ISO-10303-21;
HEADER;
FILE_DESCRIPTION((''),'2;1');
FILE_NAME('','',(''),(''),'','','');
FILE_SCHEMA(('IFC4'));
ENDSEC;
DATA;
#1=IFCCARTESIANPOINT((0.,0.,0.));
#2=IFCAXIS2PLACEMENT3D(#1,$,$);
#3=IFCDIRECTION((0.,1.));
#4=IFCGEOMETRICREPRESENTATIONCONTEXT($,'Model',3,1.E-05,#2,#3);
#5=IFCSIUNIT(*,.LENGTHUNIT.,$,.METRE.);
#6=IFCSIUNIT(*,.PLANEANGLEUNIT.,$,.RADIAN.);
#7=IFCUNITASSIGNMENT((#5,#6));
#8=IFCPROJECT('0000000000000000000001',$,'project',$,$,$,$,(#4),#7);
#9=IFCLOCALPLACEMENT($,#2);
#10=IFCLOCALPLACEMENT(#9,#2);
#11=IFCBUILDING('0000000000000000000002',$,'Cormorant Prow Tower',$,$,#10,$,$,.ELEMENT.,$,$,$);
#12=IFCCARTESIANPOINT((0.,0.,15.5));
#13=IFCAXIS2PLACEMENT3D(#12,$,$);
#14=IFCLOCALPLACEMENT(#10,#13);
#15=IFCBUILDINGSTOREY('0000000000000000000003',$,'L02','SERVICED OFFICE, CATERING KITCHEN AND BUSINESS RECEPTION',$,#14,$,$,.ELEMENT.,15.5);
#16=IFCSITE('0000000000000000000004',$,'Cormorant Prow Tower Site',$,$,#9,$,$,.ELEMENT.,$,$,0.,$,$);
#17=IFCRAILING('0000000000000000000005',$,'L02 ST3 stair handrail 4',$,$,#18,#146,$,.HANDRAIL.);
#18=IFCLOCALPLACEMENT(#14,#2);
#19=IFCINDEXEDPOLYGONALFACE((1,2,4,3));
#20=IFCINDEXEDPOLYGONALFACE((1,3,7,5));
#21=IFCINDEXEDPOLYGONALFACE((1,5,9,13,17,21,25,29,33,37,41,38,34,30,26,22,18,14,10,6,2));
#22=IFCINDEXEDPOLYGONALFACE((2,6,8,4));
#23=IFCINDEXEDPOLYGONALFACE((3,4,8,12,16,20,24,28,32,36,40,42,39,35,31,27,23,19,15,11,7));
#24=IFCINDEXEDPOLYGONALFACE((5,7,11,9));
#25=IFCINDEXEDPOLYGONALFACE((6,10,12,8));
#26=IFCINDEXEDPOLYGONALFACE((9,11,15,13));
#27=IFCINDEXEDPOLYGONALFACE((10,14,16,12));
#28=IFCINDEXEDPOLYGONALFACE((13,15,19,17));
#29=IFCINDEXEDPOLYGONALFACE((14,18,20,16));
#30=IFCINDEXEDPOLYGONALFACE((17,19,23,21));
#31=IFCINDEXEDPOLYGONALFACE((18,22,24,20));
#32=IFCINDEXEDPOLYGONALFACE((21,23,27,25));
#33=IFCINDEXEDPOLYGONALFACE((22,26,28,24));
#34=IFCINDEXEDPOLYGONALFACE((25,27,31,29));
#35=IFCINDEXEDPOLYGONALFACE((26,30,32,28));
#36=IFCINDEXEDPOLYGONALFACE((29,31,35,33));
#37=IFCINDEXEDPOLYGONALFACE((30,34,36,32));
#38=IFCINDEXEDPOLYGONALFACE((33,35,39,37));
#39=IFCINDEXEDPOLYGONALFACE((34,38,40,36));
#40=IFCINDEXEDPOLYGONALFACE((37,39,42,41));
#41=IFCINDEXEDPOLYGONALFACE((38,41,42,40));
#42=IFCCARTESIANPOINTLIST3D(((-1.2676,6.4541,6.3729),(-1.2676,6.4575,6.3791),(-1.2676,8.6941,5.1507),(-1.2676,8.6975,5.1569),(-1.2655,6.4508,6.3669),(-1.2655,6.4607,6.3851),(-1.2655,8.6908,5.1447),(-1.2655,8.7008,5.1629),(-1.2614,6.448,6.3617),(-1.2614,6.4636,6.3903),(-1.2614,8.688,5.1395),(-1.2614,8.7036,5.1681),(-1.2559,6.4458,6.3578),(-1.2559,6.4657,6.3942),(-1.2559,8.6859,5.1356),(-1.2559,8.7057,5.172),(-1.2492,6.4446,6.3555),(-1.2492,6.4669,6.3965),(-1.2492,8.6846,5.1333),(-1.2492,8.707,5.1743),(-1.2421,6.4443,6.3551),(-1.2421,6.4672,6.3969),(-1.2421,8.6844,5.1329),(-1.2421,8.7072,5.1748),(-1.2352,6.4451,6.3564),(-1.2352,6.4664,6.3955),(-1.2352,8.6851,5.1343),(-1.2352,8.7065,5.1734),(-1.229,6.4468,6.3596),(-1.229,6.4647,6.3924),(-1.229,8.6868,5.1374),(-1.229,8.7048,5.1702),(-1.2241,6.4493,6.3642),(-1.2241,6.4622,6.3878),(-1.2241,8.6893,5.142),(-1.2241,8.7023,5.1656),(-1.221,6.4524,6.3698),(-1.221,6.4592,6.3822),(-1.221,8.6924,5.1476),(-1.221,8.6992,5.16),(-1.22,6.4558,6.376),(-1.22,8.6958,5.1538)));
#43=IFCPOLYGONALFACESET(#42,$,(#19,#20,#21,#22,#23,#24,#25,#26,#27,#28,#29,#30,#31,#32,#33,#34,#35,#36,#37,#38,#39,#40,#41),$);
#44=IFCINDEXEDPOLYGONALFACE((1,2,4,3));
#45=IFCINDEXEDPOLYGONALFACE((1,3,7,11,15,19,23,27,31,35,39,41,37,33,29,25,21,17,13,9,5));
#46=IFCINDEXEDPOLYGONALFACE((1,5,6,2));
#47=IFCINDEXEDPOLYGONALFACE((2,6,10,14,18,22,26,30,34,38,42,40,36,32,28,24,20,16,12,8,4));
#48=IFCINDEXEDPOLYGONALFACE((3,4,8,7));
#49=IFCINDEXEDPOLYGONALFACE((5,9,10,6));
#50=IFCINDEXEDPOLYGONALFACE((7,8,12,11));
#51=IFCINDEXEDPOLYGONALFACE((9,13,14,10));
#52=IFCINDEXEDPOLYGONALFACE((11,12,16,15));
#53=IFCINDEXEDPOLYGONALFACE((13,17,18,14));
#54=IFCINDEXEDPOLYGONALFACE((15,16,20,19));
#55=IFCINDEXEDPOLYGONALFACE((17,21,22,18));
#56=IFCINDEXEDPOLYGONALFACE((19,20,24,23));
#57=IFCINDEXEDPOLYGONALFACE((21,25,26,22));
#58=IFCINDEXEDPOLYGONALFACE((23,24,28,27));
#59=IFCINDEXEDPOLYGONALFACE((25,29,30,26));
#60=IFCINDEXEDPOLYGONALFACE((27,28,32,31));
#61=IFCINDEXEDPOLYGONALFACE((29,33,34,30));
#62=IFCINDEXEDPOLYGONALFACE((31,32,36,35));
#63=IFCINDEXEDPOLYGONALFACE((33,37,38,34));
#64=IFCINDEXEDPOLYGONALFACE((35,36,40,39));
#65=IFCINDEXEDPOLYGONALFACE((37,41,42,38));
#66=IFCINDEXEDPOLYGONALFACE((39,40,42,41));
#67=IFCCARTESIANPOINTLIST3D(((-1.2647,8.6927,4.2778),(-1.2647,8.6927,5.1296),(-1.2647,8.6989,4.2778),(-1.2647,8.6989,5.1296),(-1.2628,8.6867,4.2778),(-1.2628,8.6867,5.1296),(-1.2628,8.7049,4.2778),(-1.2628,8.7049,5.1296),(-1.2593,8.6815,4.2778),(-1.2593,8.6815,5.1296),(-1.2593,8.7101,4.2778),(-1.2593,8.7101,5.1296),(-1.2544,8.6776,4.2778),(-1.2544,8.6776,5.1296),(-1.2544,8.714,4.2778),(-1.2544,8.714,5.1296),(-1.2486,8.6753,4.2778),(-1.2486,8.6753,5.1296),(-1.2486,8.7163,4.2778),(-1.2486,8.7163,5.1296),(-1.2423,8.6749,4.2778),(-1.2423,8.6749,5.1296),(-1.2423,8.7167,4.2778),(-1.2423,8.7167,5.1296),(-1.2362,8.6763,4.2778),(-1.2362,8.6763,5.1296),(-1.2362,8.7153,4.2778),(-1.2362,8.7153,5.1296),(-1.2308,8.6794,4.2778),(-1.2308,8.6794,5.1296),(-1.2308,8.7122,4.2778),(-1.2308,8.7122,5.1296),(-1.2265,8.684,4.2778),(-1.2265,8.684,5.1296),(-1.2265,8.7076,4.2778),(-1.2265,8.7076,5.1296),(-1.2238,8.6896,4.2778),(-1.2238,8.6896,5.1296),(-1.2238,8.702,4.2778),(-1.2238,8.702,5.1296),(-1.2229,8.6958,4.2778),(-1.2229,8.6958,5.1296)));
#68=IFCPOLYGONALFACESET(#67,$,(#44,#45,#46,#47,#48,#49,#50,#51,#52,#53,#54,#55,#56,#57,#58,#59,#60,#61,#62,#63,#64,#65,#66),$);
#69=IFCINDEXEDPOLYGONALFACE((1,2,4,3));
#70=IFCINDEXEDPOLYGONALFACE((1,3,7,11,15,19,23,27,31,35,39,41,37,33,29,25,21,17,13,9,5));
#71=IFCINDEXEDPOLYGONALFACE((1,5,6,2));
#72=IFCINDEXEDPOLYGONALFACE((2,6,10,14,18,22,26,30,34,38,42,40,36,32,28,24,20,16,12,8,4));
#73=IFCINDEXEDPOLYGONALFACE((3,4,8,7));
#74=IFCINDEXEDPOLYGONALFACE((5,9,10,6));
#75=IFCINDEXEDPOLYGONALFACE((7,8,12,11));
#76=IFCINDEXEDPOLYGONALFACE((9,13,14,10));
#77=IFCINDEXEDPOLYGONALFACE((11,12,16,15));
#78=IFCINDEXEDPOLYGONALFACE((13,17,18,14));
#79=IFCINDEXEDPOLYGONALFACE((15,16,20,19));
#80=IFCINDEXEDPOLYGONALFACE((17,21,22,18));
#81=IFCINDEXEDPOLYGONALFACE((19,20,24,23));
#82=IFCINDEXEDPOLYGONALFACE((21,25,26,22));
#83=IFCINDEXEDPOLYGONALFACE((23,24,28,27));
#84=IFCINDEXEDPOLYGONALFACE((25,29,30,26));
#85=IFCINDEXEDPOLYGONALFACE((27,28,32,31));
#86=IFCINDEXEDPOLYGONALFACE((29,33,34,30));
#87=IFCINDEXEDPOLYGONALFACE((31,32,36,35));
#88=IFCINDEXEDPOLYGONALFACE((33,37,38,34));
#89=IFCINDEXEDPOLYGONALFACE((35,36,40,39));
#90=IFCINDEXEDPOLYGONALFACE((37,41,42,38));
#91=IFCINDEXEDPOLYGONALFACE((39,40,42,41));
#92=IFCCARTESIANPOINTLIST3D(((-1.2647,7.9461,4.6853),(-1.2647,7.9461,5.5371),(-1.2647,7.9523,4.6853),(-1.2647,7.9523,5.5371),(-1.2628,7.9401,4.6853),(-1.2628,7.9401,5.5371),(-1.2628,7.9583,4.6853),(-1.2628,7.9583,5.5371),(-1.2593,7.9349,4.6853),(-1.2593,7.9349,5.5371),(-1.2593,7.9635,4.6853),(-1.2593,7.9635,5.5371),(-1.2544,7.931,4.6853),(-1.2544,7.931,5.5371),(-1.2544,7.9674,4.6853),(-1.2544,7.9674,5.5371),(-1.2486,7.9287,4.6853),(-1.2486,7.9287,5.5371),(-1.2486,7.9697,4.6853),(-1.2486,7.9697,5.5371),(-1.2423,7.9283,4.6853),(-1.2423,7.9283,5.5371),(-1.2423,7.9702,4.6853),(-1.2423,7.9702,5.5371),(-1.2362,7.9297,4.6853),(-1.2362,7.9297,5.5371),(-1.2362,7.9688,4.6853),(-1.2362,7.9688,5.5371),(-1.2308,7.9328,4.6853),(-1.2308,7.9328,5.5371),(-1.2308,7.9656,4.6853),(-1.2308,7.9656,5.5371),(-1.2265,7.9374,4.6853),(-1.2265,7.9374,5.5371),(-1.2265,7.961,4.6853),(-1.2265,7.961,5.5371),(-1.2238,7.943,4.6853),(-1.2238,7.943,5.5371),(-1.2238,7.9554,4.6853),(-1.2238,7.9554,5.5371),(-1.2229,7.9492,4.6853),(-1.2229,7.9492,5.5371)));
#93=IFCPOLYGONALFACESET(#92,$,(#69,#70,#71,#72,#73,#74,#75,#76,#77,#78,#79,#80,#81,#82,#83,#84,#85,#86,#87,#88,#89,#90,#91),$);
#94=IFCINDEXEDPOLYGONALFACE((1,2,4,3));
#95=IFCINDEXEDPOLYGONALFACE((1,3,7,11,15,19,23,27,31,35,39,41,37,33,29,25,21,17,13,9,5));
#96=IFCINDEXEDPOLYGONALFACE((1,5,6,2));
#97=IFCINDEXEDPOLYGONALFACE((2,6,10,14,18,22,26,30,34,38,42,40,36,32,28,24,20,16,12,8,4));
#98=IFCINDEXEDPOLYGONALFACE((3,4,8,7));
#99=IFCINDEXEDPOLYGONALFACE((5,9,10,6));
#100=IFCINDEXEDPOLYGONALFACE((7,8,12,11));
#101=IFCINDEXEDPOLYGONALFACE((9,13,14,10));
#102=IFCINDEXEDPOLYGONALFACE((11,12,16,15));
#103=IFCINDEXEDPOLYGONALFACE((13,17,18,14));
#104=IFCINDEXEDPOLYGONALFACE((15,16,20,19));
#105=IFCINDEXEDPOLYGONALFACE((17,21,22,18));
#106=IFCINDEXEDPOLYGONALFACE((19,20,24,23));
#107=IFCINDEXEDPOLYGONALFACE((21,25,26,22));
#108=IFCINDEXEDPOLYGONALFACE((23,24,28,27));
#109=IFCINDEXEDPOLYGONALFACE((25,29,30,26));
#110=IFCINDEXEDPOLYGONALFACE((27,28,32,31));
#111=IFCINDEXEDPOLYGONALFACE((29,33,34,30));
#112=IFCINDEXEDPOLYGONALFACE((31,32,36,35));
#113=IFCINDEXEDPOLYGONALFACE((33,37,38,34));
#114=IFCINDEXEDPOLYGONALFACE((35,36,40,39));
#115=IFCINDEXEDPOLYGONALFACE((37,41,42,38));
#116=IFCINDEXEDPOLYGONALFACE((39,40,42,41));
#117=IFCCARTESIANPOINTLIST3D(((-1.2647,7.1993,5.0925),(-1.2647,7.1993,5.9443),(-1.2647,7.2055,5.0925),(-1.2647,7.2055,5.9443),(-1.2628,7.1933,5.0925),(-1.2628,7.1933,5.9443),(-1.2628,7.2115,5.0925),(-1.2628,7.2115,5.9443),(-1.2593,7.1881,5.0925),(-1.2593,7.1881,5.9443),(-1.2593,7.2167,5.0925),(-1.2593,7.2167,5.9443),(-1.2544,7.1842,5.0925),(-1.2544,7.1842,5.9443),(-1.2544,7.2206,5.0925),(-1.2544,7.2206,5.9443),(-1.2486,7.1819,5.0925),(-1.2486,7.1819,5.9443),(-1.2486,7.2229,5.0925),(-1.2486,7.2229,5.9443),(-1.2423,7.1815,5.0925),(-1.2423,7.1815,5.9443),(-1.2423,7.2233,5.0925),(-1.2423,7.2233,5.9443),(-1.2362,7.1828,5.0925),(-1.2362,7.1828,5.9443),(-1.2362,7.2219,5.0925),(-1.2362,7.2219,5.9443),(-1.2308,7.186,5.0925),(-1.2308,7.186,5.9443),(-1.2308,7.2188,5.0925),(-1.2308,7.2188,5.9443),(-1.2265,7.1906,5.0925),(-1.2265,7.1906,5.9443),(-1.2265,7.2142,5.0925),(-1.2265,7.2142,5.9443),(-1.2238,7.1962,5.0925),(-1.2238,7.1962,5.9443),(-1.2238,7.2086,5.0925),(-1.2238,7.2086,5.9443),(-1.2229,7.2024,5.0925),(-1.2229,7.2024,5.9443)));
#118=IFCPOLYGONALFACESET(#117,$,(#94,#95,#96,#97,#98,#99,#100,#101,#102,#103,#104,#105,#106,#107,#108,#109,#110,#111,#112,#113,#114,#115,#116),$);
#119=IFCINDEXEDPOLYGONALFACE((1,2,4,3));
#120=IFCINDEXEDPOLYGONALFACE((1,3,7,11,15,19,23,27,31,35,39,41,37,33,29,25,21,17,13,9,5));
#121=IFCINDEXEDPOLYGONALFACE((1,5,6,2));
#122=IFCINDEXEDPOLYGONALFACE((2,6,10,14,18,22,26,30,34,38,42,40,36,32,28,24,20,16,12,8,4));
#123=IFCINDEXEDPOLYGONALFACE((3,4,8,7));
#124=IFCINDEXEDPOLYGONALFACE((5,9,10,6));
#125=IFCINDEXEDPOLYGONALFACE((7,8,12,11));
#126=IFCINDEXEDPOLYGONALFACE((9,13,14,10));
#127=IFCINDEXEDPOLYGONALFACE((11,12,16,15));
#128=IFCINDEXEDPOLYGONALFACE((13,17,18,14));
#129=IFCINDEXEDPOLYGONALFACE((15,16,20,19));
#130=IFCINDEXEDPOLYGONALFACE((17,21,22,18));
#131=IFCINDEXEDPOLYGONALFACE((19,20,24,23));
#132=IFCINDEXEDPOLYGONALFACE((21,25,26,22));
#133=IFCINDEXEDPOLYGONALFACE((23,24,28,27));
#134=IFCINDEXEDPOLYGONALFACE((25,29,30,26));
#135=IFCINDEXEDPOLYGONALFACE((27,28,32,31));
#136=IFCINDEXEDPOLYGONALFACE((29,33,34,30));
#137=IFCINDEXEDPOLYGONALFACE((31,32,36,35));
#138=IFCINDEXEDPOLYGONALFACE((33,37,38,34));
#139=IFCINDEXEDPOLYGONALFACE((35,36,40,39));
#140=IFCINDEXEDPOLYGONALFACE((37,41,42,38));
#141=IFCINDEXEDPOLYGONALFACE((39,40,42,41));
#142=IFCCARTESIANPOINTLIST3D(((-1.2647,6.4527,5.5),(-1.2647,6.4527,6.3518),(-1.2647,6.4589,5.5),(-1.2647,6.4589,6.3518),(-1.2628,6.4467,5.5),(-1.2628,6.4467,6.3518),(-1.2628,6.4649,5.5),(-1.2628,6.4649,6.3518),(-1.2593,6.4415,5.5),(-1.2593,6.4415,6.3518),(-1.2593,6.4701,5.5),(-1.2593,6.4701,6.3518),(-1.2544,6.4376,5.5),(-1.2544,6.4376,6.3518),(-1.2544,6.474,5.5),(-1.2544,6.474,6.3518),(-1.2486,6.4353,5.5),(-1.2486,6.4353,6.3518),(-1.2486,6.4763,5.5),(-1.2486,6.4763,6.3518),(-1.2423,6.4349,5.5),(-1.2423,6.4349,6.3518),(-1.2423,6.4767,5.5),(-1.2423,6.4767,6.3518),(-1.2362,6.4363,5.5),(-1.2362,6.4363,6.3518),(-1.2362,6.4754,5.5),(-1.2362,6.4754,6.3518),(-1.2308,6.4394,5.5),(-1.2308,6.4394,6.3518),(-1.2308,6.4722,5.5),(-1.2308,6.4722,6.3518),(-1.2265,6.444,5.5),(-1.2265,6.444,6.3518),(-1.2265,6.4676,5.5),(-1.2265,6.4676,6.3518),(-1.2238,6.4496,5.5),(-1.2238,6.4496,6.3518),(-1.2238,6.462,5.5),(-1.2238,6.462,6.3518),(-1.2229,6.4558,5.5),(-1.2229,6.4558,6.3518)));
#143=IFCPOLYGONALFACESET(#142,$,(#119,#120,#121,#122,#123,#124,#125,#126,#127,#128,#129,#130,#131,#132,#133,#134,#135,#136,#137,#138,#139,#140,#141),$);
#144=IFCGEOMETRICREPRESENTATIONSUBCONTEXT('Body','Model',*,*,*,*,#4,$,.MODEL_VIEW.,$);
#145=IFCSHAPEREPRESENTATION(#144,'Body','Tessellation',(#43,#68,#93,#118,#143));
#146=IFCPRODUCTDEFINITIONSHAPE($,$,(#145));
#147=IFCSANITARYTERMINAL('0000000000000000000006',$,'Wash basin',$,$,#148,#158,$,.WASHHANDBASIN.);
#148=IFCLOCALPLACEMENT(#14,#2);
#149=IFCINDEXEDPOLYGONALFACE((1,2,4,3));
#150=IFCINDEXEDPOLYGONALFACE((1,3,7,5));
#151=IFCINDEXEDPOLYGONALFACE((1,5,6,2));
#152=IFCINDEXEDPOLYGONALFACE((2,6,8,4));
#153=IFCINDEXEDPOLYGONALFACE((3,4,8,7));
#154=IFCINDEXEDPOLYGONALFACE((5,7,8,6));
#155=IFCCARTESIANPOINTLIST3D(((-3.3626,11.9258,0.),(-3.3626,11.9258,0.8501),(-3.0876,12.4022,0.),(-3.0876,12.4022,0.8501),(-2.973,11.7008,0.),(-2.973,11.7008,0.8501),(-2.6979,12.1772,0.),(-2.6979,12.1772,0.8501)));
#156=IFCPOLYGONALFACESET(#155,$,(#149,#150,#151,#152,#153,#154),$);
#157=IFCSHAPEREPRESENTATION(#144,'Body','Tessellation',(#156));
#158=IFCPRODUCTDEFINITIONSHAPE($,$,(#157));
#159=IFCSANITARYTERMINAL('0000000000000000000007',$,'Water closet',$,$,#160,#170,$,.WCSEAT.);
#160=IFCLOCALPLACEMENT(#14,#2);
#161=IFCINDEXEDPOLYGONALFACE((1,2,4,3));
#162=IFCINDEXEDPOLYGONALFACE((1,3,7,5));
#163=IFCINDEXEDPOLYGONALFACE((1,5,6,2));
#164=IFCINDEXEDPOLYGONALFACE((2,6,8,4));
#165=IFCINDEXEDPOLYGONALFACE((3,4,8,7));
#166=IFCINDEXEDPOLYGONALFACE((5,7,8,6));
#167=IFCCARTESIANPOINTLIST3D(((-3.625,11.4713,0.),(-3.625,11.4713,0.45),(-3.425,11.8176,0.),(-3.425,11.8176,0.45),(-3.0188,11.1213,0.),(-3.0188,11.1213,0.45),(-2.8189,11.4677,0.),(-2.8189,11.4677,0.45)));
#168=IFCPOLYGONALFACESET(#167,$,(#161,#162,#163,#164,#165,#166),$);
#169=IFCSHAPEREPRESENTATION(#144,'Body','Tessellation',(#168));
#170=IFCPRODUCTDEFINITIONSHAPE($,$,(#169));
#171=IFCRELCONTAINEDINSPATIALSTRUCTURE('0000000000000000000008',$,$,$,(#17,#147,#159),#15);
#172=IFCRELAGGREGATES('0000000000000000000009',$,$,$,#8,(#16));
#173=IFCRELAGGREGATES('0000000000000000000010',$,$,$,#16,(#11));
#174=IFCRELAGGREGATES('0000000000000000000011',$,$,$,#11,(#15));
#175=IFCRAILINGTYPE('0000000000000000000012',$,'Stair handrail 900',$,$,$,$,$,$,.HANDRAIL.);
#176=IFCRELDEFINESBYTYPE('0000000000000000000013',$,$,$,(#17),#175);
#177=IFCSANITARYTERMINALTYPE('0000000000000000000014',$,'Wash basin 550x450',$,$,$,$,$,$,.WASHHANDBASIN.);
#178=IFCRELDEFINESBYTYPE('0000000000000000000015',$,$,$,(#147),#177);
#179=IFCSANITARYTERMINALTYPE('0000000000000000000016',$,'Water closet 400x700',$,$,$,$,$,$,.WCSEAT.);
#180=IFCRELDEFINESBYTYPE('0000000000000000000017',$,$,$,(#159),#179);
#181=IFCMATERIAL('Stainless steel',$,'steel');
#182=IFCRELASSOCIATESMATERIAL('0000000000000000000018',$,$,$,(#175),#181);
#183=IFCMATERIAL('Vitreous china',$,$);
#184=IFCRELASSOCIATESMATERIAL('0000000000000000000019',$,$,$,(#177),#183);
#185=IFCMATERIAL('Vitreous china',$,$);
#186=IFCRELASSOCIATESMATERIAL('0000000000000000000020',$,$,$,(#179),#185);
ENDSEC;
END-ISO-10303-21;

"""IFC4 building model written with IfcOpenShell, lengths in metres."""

from ifc_helpers import new_model, si_unit, direction, frame, origin, origin_2d, place, context, subcontext, project, spatial, rectangle, circle, extrude, material, type_object, element, save


model = new_model("IFC4")

# Units and contexts
model_context = context("Model", 3, precision=1e-05, world=origin(), true_north=direction((0.0, 1.0)))
body_context = subcontext(model_context, "Body", "Model", "MODEL_VIEW")
ifc_project = project(units=[si_unit("LENGTHUNIT", "METRE"), si_unit("PLANEANGLEUNIT", "RADIAN")], contexts=[model_context])

# Site, building, storey
site_placement = place(None, origin())
site = spatial("IfcSite", under=ifc_project, at=site_placement, Name="Cormorant Prow Tower Site", CompositionType="ELEMENT", RefElevation=0.0)
building_placement = place(site_placement, origin())
building = spatial("IfcBuilding", under=site, at=building_placement, Name="Cormorant Prow Tower", CompositionType="ELEMENT")
storey_placement = place(building_placement, frame((0.0, 0.0, 15.5)))
storey = spatial("IfcBuildingStorey", under=building, at=storey_placement, Name="L02", Description="SERVICED OFFICE, CATERING KITCHEN AND BUSINESS RECEPTION", CompositionType="ELEMENT", Elevation=15.5)

# Railing
ifc_material_1 = material(Name="Stainless steel", Category="steel")
railing_type = type_object("IfcRailingType", Name="Stair handrail 900", PredefinedType="HANDRAIL", material=ifc_material_1)
for number, where, name in (
    (1, (-1.2439, 8.6958, 4.2778), "L02 ST3 stair handrail 4"),
):
    element("IfcRailing", number, at=place(storey_placement, frame(where)), inside=storey, type_object=railing_type, Name=name, PredefinedType="HANDRAIL", context=body_context, shape_type="SweptSolid", body=[
        extrude(circle(Radius=0.0239, at=origin_2d()), frame((0.0, 0.0, 0.876), z_axis=(0.0, -0.877837, 0.478959), x_axis=(1.0, 0.0, 0.0)), (0.0, 0.0, 1.0), 2.5518),
        extrude(circle(Radius=0.021, at=origin_2d()), origin(), (0.0, 0.0, 1.0), 0.8518),
        extrude(circle(Radius=0.021, at=origin_2d()), frame((0.0, -0.7466, 0.4075)), (0.0, 0.0, 1.0), 0.8518),
        extrude(circle(Radius=0.021, at=origin_2d()), frame((0.0, -1.4934, 0.8147)), (0.0, 0.0, 1.0), 0.8518),
        extrude(circle(Radius=0.021, at=origin_2d()), frame((0.0, -2.24, 1.2222)), (0.0, 0.0, 1.0), 0.8518),
    ])

# Sanitary terminals
ifc_material_2 = material(Name="Vitreous china")
sanitary_terminal_type_1 = type_object("IfcSanitaryTerminalType", Name="Wash basin 550x450", PredefinedType="WASHHANDBASIN", material=ifc_material_2)
sanitary_terminal_1_placement = place(storey_placement, frame((-3.0303, 12.0515, 0.0), z_axis=(0.0, 0.0, 1.0), x_axis=(-0.5, -0.866025, 0.0)))
element("IfcSanitaryTerminal", 2, at=sanitary_terminal_1_placement, inside=storey, type_object=sanitary_terminal_type_1, Name="Wash basin", PredefinedType="WASHHANDBASIN", context=body_context, shape_type="SweptSolid", body=[
    extrude(rectangle(XDim=0.55, YDim=0.45, at=origin_2d()), origin(), (0.0, 0.0, 1.0), 0.8501),
])
ifc_material_3 = material(Name="Vitreous china")
sanitary_terminal_type_2 = type_object("IfcSanitaryTerminalType", Name="Water closet 400x700", PredefinedType="WCSEAT", material=ifc_material_3)
sanitary_terminal_2_placement = place(storey_placement, frame((-3.2219, 11.4695, 0.0), z_axis=(0.0, 0.0, 1.0), x_axis=(-0.5, -0.866025, 0.0)))
element("IfcSanitaryTerminal", 3, at=sanitary_terminal_2_placement, inside=storey, type_object=sanitary_terminal_type_2, Name="Water closet", PredefinedType="WCSEAT", context=body_context, shape_type="SweptSolid", body=[
    extrude(rectangle(XDim=0.3999, YDim=0.7, at=origin_2d()), origin(), (0.0, 0.0, 1.0), 0.45),
])

save(model, "model.ifc")
